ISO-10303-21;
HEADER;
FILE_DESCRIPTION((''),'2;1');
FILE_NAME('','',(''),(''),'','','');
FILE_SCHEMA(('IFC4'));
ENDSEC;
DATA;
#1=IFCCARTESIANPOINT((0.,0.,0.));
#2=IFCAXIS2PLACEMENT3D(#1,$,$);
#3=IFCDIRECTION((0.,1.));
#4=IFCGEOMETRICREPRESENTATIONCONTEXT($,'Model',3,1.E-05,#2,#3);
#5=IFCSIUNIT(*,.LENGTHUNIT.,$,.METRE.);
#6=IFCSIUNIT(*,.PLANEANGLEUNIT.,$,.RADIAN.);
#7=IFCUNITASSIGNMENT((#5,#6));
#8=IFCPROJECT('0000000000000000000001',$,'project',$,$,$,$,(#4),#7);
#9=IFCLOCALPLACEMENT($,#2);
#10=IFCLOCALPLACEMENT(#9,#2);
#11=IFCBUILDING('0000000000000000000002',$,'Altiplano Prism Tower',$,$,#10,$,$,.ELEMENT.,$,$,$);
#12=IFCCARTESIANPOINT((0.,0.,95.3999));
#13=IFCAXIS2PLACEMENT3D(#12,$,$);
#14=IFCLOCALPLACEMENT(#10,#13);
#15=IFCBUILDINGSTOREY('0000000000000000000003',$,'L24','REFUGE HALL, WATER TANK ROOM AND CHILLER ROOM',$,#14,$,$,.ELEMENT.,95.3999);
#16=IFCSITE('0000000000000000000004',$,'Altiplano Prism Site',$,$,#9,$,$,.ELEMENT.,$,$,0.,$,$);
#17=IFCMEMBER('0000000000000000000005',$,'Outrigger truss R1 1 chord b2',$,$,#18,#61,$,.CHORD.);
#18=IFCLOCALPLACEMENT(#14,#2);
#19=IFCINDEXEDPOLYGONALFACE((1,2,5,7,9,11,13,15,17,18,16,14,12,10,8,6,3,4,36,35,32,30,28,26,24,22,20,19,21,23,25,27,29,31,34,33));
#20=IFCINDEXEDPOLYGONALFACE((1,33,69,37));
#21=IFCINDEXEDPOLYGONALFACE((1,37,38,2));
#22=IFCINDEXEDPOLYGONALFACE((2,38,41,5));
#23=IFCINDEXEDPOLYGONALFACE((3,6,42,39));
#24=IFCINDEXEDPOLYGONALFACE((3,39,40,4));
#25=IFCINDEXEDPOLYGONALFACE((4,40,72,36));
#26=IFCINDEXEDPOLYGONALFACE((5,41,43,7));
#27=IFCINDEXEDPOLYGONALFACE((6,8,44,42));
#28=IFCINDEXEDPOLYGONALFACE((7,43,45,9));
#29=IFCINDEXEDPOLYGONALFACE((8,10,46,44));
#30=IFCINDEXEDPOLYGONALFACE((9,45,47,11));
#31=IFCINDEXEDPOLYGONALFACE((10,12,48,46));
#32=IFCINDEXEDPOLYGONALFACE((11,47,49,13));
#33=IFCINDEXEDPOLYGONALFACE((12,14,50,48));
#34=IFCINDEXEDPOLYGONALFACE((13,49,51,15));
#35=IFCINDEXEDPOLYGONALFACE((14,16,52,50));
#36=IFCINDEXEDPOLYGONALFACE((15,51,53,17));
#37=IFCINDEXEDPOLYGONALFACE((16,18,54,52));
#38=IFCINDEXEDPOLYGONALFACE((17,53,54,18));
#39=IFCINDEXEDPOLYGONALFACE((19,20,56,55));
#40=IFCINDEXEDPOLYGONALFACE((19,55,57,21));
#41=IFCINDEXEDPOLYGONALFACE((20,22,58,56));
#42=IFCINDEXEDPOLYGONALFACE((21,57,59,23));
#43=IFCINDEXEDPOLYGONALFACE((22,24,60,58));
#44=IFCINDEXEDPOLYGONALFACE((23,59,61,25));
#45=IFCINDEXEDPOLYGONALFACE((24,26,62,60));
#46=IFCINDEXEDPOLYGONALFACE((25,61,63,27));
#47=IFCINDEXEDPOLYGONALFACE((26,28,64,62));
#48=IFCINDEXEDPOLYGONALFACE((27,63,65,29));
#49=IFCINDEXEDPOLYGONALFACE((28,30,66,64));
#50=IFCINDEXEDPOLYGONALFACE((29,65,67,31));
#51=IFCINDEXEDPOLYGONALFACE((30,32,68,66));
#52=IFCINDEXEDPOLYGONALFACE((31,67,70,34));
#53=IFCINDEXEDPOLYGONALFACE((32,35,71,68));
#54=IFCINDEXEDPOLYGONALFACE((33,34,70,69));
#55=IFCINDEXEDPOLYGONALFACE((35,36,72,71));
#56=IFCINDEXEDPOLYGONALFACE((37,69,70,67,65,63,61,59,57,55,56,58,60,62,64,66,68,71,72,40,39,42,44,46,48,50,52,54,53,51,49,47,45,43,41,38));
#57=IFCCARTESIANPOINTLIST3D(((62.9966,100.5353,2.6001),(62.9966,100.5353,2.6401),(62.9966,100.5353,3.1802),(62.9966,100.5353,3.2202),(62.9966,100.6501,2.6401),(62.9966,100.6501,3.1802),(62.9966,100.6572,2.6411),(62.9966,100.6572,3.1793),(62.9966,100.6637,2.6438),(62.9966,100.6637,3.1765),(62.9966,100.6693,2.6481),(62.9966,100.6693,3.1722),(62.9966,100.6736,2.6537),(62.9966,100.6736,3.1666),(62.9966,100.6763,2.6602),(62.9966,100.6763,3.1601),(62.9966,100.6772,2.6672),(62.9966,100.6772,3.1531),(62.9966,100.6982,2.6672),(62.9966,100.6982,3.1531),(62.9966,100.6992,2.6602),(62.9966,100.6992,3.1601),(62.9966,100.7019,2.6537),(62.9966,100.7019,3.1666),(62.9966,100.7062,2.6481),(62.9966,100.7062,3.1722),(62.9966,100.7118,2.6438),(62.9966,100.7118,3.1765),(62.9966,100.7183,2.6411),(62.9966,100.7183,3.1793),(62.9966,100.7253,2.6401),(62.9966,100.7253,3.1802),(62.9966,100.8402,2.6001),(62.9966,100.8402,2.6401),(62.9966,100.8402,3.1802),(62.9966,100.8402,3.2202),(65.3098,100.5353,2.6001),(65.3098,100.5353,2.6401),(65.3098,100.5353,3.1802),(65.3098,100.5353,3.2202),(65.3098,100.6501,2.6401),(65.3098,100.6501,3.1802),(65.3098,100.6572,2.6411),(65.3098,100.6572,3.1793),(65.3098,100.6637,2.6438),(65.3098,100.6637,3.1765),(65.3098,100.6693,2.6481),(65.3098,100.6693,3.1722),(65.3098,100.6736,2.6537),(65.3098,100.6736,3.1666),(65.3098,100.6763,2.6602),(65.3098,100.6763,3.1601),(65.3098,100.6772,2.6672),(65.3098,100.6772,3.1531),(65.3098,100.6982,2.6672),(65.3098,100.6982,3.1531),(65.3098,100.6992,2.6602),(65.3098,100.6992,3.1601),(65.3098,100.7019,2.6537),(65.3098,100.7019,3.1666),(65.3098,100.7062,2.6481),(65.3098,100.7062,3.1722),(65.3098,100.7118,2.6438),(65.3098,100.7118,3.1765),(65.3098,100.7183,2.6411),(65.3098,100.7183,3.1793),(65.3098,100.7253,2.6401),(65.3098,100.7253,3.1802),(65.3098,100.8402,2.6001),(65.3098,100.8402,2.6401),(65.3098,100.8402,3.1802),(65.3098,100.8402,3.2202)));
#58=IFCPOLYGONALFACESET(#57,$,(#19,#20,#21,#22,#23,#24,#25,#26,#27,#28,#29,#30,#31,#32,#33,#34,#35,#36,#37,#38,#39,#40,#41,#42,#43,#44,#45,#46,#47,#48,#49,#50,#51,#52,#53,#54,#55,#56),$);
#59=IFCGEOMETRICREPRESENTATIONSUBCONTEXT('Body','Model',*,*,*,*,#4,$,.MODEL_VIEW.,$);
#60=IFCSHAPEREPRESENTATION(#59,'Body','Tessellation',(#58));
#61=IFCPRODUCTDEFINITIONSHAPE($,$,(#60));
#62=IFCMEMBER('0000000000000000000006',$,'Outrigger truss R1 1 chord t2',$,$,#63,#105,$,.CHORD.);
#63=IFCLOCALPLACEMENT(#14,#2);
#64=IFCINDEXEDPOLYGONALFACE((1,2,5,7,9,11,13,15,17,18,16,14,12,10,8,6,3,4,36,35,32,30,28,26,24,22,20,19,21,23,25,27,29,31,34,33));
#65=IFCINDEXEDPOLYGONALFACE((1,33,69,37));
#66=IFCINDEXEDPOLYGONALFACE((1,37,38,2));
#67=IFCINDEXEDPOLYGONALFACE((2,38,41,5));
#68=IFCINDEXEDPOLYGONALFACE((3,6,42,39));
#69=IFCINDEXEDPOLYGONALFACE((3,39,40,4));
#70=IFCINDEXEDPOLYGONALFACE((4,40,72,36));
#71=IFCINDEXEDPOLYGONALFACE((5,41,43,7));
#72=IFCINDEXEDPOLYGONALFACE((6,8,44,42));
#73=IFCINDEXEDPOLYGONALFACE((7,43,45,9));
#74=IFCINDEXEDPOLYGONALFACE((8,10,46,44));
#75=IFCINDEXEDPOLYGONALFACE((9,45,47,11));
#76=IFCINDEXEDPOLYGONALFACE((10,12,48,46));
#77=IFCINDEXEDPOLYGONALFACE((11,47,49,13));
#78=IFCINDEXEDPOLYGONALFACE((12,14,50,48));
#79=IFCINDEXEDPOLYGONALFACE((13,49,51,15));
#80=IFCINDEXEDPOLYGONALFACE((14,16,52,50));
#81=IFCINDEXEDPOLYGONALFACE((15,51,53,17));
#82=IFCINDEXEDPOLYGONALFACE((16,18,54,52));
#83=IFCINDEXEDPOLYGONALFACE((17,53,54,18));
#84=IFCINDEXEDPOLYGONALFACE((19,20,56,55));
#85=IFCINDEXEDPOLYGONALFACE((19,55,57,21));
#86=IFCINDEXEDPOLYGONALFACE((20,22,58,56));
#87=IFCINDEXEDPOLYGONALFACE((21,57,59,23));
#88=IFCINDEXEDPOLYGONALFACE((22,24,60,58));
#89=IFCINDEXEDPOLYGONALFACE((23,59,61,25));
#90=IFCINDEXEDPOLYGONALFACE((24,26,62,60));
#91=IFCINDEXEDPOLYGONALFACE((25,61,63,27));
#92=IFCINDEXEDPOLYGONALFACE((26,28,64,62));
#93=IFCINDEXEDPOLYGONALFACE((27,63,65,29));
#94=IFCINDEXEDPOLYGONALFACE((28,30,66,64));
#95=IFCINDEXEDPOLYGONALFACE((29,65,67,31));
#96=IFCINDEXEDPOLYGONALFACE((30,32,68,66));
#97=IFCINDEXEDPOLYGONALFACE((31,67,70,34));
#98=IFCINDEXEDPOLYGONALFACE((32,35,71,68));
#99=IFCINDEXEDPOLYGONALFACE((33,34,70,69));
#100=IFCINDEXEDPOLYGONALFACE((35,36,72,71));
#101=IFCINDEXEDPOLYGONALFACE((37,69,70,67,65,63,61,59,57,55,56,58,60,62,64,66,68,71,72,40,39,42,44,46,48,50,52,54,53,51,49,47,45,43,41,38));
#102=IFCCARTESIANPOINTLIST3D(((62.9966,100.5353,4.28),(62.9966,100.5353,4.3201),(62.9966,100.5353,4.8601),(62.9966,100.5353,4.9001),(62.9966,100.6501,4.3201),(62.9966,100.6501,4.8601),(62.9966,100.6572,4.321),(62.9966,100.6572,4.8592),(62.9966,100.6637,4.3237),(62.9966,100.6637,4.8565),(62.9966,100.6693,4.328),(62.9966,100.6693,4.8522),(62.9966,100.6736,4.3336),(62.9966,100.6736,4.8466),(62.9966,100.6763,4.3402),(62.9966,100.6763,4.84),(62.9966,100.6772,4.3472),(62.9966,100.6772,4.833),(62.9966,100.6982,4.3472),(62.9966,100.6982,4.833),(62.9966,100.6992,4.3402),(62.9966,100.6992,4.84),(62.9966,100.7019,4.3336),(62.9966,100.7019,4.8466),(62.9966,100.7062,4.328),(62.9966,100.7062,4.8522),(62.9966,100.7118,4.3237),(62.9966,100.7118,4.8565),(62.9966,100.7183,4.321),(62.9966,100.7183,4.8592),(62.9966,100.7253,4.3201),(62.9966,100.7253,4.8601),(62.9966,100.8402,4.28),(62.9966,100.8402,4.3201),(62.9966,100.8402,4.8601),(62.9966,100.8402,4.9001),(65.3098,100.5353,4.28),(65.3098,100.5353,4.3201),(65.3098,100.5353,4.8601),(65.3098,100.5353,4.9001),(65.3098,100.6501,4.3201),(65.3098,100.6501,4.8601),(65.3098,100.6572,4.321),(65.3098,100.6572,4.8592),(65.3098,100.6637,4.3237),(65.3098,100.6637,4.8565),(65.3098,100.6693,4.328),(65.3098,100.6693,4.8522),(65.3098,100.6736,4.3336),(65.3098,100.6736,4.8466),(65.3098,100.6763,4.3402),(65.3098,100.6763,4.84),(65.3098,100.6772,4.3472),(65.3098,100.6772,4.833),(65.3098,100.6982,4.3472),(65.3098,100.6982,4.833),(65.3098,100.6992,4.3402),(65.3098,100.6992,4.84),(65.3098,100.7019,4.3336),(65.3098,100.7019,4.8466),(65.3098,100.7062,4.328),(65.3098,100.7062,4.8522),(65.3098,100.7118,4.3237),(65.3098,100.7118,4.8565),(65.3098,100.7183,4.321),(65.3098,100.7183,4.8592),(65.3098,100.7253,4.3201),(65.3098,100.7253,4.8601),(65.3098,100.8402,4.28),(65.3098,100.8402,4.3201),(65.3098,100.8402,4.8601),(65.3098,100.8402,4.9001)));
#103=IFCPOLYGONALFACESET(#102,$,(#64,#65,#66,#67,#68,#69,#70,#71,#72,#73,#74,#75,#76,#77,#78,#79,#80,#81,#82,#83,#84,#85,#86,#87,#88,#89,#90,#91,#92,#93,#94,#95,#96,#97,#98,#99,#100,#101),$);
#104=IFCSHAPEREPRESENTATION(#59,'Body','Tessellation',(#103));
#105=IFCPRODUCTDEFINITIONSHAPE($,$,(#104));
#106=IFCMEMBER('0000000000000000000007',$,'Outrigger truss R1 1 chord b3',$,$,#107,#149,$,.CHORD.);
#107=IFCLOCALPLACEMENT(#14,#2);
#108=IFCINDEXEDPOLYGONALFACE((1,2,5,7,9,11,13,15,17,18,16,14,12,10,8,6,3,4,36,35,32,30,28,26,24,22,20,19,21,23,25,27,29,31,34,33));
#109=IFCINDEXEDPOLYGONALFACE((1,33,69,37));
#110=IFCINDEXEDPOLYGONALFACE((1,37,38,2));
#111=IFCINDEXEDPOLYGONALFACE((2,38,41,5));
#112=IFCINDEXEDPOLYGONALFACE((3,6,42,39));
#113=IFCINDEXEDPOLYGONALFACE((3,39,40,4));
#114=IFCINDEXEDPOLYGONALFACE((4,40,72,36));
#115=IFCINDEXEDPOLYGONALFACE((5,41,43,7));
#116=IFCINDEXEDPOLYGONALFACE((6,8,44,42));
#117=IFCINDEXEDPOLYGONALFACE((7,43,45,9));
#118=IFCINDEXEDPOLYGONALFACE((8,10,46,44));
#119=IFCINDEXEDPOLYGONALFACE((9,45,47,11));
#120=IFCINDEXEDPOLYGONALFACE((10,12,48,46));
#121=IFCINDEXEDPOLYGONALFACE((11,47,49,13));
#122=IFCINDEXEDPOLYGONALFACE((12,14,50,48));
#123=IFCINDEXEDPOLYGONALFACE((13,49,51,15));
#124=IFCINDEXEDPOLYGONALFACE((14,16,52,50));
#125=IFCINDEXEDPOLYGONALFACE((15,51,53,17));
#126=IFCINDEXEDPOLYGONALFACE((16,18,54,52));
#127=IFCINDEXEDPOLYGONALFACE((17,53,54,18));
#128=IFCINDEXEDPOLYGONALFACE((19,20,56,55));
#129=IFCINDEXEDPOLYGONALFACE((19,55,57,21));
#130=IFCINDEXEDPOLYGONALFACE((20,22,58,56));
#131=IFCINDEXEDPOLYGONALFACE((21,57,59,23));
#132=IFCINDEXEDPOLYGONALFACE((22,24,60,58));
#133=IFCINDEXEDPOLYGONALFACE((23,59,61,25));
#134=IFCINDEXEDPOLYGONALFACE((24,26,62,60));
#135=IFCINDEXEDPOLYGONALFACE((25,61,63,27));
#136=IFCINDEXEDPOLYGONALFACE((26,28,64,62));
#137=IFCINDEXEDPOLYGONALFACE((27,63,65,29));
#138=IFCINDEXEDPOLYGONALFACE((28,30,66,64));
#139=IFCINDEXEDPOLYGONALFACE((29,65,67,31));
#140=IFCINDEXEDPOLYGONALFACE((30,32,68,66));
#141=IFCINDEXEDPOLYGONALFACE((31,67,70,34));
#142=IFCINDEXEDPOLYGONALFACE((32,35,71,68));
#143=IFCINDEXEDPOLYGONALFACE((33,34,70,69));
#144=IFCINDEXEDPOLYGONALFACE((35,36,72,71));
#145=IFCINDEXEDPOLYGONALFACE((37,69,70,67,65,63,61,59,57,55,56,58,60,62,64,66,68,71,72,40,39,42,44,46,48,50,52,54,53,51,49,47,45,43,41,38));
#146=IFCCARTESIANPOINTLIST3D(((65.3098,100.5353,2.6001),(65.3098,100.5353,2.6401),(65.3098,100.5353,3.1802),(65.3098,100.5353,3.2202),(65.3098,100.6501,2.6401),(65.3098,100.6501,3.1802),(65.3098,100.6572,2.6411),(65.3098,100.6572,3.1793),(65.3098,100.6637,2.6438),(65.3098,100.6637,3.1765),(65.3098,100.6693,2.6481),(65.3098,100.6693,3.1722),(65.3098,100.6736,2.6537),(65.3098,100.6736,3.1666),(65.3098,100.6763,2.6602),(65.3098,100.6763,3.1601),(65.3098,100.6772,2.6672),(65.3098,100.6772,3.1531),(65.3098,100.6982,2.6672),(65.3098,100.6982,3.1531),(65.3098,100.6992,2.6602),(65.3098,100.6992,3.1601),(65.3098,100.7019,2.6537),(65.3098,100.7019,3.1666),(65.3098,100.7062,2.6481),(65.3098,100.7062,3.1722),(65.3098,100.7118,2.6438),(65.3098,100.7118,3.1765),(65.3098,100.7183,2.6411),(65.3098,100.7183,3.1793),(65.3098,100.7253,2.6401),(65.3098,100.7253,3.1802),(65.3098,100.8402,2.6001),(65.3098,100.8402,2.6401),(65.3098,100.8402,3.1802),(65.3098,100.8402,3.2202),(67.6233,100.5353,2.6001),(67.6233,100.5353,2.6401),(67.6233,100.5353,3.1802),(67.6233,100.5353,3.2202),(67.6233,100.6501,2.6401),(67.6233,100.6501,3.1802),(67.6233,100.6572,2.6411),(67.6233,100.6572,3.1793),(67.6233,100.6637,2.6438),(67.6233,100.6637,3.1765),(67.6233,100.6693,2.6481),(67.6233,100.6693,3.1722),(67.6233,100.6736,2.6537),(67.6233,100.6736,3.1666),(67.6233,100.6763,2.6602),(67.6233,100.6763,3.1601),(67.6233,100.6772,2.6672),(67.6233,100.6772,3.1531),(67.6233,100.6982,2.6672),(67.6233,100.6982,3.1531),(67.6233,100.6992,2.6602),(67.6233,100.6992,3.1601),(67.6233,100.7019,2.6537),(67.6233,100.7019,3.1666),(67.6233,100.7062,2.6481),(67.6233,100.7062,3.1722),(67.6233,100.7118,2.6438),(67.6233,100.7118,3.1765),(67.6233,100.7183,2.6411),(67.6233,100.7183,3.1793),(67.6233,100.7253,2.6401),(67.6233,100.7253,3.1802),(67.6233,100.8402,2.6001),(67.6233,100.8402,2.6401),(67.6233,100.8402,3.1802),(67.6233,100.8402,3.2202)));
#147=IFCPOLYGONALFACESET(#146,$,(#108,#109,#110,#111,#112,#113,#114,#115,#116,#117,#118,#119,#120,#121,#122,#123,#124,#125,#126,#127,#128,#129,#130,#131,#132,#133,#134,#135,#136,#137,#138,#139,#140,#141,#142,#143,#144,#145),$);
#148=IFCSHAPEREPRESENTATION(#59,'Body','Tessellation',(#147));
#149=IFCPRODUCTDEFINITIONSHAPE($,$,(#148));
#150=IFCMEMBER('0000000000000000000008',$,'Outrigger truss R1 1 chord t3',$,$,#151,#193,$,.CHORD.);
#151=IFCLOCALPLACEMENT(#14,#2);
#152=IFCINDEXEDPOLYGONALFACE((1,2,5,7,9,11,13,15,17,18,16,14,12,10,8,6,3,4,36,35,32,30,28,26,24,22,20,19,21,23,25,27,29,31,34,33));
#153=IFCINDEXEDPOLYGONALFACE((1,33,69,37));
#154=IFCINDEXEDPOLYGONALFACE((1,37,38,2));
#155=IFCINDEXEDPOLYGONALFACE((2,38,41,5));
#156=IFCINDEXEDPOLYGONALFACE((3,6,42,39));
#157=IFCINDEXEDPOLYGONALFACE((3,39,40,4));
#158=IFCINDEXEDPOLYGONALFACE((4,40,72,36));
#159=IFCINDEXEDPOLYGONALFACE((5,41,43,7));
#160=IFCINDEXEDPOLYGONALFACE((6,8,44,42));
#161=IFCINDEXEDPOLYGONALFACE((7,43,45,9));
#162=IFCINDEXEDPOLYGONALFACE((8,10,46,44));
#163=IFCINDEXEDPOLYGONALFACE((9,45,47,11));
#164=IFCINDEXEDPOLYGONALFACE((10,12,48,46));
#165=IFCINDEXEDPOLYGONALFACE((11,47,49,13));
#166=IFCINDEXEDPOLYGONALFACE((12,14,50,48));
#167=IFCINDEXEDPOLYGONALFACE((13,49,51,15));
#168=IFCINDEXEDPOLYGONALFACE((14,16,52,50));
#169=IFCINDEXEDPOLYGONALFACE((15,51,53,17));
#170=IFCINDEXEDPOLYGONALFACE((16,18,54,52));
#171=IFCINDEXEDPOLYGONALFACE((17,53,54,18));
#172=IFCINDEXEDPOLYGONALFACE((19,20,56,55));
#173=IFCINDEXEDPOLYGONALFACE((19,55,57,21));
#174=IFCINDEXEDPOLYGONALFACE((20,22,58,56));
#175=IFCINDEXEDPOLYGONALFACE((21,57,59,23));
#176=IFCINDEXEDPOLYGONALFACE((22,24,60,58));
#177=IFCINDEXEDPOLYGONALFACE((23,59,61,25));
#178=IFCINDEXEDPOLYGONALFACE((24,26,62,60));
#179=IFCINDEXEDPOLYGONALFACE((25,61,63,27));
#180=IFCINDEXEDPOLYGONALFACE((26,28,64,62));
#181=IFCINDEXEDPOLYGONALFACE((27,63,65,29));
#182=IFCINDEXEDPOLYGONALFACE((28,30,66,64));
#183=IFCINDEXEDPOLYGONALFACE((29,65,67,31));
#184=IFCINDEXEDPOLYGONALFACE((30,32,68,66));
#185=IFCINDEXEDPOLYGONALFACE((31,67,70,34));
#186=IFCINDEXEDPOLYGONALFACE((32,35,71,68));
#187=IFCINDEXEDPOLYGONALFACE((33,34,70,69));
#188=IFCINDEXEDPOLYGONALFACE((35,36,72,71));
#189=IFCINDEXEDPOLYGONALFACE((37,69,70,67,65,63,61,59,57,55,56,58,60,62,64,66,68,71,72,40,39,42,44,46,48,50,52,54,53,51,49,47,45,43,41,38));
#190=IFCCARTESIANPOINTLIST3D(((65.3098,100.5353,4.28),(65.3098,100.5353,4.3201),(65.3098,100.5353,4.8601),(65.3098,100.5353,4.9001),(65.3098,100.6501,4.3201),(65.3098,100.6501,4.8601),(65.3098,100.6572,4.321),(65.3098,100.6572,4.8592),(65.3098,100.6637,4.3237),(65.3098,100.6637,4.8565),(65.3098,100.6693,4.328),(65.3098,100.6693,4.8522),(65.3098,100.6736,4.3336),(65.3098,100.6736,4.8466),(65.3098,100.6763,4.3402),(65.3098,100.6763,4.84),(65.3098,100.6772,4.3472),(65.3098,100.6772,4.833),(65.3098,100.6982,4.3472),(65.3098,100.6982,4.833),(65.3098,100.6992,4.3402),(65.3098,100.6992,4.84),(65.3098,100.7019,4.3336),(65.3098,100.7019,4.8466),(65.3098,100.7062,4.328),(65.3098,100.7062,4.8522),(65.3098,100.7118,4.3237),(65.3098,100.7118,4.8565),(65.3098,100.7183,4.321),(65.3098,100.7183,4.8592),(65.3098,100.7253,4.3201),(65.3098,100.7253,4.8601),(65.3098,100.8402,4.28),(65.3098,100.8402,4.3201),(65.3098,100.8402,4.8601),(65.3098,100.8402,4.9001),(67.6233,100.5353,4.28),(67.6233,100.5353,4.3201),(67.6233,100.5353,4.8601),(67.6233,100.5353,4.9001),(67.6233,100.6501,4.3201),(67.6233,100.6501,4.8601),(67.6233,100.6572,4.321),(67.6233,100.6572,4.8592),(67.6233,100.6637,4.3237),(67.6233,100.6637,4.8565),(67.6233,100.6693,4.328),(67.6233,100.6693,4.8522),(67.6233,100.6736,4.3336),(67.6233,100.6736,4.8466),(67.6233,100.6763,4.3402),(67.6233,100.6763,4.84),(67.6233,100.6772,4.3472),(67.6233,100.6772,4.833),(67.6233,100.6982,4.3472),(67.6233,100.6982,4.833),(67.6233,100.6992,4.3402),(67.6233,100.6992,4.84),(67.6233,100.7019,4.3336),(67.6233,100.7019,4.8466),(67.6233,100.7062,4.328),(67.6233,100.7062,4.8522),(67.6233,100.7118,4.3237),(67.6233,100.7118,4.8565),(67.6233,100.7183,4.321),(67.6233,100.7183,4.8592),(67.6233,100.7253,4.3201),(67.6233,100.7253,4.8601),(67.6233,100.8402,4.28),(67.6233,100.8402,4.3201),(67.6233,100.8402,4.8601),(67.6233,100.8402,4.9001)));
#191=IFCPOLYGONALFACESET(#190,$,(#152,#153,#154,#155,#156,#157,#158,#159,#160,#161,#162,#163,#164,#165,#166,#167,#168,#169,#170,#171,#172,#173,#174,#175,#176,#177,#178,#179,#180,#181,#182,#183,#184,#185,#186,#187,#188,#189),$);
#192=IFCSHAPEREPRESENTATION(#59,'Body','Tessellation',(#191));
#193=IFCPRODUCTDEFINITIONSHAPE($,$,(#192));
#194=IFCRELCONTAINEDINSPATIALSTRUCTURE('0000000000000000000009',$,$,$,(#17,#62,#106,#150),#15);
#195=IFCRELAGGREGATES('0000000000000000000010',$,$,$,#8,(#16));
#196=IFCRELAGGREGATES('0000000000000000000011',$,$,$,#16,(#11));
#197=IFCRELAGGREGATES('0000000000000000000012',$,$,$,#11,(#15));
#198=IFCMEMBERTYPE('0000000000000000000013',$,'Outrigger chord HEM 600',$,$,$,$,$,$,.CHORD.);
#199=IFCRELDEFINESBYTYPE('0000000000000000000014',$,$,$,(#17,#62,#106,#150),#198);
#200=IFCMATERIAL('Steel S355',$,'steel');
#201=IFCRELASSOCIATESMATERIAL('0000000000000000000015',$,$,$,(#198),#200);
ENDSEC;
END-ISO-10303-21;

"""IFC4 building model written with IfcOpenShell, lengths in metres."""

from ifc_helpers import new_model, si_unit, direction, frame, origin, origin_2d, place, context, subcontext, project, spatial, i_section, extrude, material, material_profile, profile_set, type_object, element, save


model = new_model("IFC4")

# Units and contexts
model_context = context("Model", 3, precision=1e-05, world=origin(), true_north=direction((0.0, 1.0)))
body_context = subcontext(model_context, "Body", "Model", "MODEL_VIEW")
ifc_project = project(units=[si_unit("LENGTHUNIT", "METRE"), si_unit("PLANEANGLEUNIT", "RADIAN")], contexts=[model_context])

# Site, building, storey
site_placement = place(None, origin())
site = spatial("IfcSite", under=ifc_project, at=site_placement, Name="Altiplano Prism Site", CompositionType="ELEMENT", RefElevation=0.0)
building_placement = place(site_placement, origin())
building = spatial("IfcBuilding", under=site, at=building_placement, Name="Altiplano Prism Tower", CompositionType="ELEMENT")
storey_placement = place(building_placement, frame((0.0, 0.0, 95.3999)))
storey = spatial("IfcBuildingStorey", under=building, at=storey_placement, Name="L24", Description="REFUGE HALL, WATER TANK ROOM AND CHILLER ROOM", CompositionType="ELEMENT", Elevation=95.3999)

# Members
ifc_material_1 = material(Name="Steel S355", Category="steel")
ifc_material_profile_1 = material_profile(ifc_material_1, i_section(OverallWidth=0.3049, OverallDepth=0.6201, WebThickness=0.021, FlangeThickness=0.04, FilletRadius=0.0271, at=origin_2d()), Name="Outrigger chord HEM 600")
ifc_profile_set_1 = profile_set([ifc_material_profile_1], Name="Steel S355")
member_type_1 = type_object("IfcMemberType", Name="Outrigger chord HEM 600", PredefinedType="CHORD", material=ifc_profile_set_1)
for number, where, z_axis, x_axis, name in (
    (1, (62.9966, 100.6877, 2.9102), (1.0, 0.0, 0.0), (0.0, 1.0, 0.0), "Outrigger truss R1 1 chord b2"),
    (2, (62.9966, 100.6877, 4.5901), (1.0, 0.0, 0.0), (0.0, 1.0, 0.0), "Outrigger truss R1 1 chord t2"),
):
    element("IfcMember", number, at=place(storey_placement, frame(where, z_axis=z_axis, x_axis=x_axis)), inside=storey, type_object=member_type_1, Name=name, PredefinedType="CHORD", context=body_context, shape_type="SweptSolid", body=[
        extrude(i_section(OverallWidth=0.3049, OverallDepth=0.6201, WebThickness=0.021, FlangeThickness=0.04, FilletRadius=0.0271, at=origin_2d()), origin(), (0.0, 0.0, 1.0), 2.3132),
    ])
for number, where, z_axis, x_axis, name in (
    (3, (65.3098, 100.6877, 2.9102), (1.0, 0.0, 0.0), (0.0, 1.0, 0.0), "Outrigger truss R1 1 chord b3"),
    (4, (65.3098, 100.6877, 4.5901), (1.0, 0.0, 0.0), (0.0, 1.0, 0.0), "Outrigger truss R1 1 chord t3"),
):
    element("IfcMember", number, at=place(storey_placement, frame(where, z_axis=z_axis, x_axis=x_axis)), inside=storey, type_object=member_type_1, Name=name, PredefinedType="CHORD", context=body_context, shape_type="SweptSolid", body=[
        extrude(i_section(OverallWidth=0.3049, OverallDepth=0.6201, WebThickness=0.021, FlangeThickness=0.04, FilletRadius=0.0271, at=origin_2d()), origin(), (0.0, 0.0, 1.0), 2.3135),
    ])

save(model, "model.ifc")
